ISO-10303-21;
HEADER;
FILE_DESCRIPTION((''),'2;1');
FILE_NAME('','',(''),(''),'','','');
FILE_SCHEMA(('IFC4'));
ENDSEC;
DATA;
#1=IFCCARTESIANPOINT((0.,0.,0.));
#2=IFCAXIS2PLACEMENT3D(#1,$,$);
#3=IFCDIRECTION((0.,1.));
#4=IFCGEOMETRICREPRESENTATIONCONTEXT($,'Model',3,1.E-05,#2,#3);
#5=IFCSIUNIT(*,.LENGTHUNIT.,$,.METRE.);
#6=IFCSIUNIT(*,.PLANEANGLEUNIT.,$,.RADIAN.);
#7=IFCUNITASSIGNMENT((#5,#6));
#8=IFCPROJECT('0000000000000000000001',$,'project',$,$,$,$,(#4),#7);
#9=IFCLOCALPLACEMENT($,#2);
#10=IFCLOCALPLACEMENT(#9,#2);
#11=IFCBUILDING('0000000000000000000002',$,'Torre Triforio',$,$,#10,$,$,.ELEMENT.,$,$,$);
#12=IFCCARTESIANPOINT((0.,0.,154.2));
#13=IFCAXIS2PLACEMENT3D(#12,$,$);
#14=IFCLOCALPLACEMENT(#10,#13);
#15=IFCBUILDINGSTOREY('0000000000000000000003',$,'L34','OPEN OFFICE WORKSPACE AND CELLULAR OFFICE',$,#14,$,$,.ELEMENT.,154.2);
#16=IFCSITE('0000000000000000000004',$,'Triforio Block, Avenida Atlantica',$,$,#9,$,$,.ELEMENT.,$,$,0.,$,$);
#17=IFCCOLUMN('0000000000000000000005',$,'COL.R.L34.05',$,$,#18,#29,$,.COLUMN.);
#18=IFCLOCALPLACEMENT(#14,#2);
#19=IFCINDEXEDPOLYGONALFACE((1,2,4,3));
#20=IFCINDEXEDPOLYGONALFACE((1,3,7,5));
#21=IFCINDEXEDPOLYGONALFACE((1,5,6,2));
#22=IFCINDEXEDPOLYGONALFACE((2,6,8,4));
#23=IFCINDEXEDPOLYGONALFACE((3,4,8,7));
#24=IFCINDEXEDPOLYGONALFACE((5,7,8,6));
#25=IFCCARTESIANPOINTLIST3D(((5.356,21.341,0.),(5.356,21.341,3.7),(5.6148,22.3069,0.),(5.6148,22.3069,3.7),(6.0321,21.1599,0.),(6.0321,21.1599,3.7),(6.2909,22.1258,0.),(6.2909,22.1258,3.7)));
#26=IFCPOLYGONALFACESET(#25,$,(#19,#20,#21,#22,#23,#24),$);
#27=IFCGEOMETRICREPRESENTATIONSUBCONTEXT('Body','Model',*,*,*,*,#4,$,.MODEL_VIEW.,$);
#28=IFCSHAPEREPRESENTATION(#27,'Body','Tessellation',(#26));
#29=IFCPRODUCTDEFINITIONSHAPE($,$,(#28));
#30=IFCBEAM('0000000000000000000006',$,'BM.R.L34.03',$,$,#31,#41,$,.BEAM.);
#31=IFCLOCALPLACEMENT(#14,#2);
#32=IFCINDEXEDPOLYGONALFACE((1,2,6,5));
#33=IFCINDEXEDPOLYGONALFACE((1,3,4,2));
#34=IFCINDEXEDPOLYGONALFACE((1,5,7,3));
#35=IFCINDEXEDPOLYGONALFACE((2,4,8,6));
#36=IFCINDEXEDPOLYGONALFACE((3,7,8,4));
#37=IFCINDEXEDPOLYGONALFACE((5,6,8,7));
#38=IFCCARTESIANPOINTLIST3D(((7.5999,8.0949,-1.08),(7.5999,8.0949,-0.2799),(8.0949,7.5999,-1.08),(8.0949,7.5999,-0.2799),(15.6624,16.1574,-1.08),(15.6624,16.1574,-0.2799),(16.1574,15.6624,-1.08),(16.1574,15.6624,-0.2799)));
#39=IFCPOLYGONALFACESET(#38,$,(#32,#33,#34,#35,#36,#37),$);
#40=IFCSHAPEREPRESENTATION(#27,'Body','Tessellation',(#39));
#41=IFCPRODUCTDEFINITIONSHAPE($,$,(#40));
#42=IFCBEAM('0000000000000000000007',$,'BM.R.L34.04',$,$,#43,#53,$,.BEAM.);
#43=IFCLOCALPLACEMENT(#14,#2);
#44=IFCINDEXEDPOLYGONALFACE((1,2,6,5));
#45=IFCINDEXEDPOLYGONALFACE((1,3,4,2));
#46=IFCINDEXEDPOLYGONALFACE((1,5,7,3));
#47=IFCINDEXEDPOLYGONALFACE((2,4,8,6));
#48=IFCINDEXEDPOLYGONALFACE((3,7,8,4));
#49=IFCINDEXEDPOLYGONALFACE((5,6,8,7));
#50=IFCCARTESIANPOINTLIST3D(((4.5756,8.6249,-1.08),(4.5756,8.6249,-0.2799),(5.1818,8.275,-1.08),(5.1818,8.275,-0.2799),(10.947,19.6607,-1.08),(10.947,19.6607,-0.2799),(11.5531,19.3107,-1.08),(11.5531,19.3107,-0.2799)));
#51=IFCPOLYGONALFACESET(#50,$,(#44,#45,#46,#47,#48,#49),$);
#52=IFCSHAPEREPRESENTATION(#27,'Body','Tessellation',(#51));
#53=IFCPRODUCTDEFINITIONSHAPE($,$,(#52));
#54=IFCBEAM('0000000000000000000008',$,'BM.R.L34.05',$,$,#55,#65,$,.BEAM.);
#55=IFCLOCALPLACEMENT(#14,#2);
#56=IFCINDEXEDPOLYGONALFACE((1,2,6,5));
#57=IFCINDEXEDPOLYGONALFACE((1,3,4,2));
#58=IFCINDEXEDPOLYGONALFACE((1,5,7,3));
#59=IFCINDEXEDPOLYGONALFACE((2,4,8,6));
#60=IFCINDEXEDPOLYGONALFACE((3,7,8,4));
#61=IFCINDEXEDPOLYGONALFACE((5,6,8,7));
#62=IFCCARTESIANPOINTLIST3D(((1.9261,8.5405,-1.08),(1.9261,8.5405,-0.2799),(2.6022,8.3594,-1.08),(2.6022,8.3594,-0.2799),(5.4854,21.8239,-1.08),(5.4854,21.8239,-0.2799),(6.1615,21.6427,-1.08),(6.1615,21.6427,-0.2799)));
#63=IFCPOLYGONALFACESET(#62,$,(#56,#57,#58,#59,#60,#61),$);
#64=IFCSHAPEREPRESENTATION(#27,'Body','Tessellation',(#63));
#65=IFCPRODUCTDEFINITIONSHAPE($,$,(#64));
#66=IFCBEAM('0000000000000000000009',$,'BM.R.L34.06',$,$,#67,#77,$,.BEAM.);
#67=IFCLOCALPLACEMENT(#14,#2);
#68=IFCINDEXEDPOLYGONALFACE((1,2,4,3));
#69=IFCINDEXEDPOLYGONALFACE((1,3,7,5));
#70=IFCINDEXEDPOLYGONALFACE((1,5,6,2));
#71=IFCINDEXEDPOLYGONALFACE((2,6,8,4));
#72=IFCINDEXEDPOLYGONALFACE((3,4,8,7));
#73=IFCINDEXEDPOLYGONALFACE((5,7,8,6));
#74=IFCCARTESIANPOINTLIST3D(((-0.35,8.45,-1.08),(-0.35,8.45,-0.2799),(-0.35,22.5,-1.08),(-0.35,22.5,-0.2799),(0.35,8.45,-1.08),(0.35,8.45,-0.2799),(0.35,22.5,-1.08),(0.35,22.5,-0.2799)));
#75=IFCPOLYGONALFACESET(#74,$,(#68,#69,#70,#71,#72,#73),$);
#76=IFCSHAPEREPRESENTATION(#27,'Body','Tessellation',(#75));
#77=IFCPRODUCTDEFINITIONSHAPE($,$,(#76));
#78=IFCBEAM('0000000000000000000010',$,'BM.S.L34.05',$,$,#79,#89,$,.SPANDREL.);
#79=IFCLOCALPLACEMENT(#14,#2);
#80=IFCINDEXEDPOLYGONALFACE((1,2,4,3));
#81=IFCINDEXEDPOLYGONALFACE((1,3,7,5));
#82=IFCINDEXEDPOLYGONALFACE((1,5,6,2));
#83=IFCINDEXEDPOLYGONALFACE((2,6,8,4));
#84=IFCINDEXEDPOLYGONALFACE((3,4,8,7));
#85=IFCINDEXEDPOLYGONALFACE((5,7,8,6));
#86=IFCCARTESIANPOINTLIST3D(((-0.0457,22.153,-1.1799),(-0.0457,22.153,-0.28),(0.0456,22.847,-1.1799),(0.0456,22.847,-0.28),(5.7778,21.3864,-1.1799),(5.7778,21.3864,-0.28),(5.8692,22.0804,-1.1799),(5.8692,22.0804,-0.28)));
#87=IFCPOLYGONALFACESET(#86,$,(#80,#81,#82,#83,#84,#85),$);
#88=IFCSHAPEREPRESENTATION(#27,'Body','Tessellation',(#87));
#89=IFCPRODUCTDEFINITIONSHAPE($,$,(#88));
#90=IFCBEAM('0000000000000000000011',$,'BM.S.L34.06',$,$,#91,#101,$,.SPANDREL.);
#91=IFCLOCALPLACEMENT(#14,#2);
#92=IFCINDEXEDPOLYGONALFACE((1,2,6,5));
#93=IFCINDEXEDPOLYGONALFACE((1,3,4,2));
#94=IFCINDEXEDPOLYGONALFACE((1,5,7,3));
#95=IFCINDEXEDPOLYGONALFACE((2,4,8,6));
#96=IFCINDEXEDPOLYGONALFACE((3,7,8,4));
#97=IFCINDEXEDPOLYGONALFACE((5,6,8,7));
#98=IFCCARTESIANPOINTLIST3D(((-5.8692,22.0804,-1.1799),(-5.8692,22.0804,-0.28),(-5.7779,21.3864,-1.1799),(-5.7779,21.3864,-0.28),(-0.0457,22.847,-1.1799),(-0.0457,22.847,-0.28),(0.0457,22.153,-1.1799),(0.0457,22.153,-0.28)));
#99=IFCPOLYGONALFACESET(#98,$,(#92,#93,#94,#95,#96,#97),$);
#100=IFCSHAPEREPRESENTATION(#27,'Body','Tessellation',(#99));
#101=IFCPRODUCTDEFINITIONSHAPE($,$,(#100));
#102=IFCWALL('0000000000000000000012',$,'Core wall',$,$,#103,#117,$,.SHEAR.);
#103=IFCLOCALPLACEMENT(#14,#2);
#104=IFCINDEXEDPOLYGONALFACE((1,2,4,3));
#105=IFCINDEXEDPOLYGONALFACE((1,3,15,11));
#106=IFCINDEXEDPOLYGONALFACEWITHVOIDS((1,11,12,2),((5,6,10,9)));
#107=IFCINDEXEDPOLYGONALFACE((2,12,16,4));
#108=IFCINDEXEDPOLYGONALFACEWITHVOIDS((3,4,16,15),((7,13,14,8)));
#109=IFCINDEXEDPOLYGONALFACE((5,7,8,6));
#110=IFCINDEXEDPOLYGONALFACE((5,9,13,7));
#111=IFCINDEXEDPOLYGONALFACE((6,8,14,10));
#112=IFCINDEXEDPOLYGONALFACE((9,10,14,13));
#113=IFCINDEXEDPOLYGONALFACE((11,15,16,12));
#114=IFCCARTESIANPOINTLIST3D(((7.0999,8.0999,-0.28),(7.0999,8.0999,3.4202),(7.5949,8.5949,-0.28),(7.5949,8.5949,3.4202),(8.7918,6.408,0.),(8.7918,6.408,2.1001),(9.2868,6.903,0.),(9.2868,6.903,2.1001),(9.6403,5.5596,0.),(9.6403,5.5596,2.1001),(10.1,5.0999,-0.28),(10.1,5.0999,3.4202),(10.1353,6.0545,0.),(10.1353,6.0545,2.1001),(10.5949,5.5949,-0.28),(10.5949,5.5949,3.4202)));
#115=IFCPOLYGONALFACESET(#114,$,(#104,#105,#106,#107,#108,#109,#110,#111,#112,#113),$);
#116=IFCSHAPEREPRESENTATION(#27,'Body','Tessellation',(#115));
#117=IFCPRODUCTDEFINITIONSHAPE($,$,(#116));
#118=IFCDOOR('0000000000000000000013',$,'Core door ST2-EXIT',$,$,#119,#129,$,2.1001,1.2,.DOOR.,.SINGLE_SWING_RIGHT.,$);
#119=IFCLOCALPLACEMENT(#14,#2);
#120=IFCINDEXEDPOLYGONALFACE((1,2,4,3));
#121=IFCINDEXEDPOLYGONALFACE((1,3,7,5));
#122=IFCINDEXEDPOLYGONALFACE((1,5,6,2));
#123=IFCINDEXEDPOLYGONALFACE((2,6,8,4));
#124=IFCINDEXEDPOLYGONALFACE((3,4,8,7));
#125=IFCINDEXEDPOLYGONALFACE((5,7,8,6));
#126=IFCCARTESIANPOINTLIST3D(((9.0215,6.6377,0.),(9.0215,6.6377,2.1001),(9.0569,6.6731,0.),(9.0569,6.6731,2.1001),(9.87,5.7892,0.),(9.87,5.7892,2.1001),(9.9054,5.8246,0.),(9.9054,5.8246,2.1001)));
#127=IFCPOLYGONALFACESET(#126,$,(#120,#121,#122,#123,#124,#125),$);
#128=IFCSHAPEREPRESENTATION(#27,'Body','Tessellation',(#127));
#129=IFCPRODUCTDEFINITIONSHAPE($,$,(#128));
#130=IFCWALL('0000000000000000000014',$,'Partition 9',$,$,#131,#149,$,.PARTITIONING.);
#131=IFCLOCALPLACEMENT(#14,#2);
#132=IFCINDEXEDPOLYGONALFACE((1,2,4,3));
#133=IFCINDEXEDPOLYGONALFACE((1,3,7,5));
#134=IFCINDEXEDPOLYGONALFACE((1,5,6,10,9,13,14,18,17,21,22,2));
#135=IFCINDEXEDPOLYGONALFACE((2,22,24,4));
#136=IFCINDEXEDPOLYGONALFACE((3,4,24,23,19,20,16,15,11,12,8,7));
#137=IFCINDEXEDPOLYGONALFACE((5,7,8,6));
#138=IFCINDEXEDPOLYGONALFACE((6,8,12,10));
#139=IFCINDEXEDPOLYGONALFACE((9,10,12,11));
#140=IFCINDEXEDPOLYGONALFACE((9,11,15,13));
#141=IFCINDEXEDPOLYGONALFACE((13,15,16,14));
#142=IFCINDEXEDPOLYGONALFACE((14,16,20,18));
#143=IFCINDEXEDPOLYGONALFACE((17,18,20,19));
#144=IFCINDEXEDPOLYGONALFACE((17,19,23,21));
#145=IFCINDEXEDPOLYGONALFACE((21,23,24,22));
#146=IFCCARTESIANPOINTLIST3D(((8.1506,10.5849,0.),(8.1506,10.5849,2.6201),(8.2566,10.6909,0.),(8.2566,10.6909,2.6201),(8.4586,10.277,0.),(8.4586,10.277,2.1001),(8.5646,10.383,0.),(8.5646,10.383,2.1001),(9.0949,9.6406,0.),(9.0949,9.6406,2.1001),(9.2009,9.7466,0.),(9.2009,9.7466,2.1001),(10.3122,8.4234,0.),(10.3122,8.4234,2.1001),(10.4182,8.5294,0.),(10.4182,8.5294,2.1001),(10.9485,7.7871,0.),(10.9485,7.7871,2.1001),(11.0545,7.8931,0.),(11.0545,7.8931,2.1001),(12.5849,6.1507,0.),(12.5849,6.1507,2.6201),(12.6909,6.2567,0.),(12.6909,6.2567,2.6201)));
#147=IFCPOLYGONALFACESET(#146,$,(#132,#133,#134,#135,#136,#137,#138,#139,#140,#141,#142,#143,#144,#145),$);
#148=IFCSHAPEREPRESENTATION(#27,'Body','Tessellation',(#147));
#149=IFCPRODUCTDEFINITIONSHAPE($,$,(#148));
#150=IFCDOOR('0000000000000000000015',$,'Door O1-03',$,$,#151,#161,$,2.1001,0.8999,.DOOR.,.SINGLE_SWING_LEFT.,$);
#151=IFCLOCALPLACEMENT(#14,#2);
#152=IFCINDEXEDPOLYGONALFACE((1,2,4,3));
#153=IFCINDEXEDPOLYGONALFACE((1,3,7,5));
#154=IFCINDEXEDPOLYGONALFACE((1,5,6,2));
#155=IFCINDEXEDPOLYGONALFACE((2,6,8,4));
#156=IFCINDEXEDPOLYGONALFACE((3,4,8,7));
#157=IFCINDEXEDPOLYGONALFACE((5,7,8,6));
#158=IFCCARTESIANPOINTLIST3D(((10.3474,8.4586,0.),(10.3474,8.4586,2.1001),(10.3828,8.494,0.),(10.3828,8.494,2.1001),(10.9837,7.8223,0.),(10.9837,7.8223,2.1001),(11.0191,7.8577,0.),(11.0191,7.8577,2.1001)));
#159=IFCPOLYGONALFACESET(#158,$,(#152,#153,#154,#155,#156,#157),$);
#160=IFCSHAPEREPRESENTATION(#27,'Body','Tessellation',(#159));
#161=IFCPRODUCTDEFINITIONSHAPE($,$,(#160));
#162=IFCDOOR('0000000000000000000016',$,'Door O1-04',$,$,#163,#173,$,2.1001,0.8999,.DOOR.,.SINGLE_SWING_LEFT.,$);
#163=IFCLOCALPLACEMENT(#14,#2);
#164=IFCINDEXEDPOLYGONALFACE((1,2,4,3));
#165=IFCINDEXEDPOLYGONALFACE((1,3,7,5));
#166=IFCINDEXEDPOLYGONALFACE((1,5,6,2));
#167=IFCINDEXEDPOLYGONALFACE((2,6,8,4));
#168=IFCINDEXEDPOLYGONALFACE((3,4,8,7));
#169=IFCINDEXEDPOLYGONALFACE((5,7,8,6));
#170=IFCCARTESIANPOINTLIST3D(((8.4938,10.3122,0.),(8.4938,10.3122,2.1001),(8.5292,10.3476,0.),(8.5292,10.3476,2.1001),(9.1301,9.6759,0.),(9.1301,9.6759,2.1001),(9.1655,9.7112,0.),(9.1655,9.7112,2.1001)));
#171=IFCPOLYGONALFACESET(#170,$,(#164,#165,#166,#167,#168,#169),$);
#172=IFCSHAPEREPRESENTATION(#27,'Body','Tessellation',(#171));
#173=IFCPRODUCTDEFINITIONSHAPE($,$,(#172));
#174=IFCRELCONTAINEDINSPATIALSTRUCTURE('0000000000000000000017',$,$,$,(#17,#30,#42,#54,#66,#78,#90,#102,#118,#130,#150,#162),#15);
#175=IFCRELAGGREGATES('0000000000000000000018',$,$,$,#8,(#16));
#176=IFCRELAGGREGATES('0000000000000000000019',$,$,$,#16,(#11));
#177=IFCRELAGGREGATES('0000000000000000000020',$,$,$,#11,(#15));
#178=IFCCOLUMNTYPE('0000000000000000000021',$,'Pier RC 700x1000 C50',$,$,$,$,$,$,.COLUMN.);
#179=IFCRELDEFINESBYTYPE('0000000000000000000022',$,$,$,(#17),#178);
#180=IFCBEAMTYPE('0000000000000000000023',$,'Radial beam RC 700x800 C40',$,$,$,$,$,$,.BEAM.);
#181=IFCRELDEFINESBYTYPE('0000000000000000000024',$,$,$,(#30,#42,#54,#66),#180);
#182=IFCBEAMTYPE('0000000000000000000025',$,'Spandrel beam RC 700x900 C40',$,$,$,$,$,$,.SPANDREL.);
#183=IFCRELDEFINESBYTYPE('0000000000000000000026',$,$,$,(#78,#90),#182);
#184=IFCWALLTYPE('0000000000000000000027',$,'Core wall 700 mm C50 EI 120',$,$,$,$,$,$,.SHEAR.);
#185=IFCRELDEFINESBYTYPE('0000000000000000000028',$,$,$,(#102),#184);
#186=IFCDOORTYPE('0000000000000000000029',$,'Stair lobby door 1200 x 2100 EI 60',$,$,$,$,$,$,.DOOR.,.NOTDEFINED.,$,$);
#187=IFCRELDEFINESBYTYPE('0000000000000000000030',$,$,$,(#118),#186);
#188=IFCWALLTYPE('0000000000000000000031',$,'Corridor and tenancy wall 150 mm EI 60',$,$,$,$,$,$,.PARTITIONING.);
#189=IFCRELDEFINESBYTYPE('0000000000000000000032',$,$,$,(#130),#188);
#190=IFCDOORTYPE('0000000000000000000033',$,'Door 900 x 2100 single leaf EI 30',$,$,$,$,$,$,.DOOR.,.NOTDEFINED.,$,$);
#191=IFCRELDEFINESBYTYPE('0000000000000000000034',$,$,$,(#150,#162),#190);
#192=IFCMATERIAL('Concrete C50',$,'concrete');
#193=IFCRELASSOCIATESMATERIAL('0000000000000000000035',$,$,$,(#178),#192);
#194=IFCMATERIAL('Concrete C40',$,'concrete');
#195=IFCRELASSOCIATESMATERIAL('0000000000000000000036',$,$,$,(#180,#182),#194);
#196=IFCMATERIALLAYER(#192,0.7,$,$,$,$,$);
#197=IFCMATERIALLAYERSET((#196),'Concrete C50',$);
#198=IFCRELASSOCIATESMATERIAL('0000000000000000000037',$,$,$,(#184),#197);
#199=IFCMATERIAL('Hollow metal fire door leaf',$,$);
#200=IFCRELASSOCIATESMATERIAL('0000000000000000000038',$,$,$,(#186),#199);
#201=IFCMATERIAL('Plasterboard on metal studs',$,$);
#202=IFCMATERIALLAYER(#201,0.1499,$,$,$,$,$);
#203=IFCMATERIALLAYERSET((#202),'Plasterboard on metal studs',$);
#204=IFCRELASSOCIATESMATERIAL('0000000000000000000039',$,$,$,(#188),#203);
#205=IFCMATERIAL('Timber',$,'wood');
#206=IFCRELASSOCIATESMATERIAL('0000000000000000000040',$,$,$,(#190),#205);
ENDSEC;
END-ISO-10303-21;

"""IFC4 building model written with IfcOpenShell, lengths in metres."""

from ifc_helpers import new_model, si_unit, direction, frame, frame_2d, origin, origin_2d, place, context, subcontext, project, spatial, rectangle, extrude, material, layer, layer_set, material_profile, profile_set, type_object, element, fill, save


model = new_model("IFC4")

# Units and contexts
model_context = context("Model", 3, precision=1e-05, world=origin(), true_north=direction((0.0, 1.0)))
body_context = subcontext(model_context, "Body", "Model", "MODEL_VIEW")
ifc_project = project(units=[si_unit("LENGTHUNIT", "METRE"), si_unit("PLANEANGLEUNIT", "RADIAN")], contexts=[model_context])

# Site, building, storey
site_placement = place(None, origin())
site = spatial("IfcSite", under=ifc_project, at=site_placement, Name="Triforio Block, Avenida Atlantica", CompositionType="ELEMENT", RefElevation=0.0)
building_placement = place(site_placement, origin())
building = spatial("IfcBuilding", under=site, at=building_placement, Name="Torre Triforio", CompositionType="ELEMENT")
storey_placement = place(building_placement, frame((0.0, 0.0, 154.2)))
storey = spatial("IfcBuildingStorey", under=building, at=storey_placement, Name="L34", Description="OPEN OFFICE WORKSPACE AND CELLULAR OFFICE", CompositionType="ELEMENT", Elevation=154.2)

# Column
ifc_material_1 = material(Name="Concrete C50", Category="concrete")
ifc_material_profile_1 = material_profile(ifc_material_1, rectangle(XDim=0.7, YDim=1.0, at=origin_2d()), Name="RC 700x1000")
ifc_profile_set_1 = profile_set([ifc_material_profile_1], Name="Concrete C50")
column_type = type_object("IfcColumnType", Name="Pier RC 700x1000 C50", PredefinedType="COLUMN", material=ifc_profile_set_1)
column_placement = place(storey_placement, frame((5.8235, 21.7334, 0.0), z_axis=(0.0, 0.0, 1.0), x_axis=(-0.965926, 0.258819, 0.0)))
element("IfcColumn", 1, at=column_placement, inside=storey, type_object=column_type, Name="COL.R.L34.05", PredefinedType="COLUMN", context=body_context, shape_type="SweptSolid", body=[
    extrude(rectangle(XDim=0.7, YDim=1.0, at=origin_2d()), origin(), (0.0, 0.0, 1.0), 3.7),
])

# Beams
ifc_material_2 = material(Name="Concrete C40", Category="concrete")
ifc_material_profile_2 = material_profile(ifc_material_2, rectangle(XDim=0.7, YDim=0.8, at=origin_2d()), Name="RC 700x800")
ifc_profile_set_2 = profile_set([ifc_material_profile_2], Name="Concrete C40")
beam_type_1 = type_object("IfcBeamType", Name="Radial beam RC 700x800 C40", PredefinedType="BEAM", material=ifc_profile_set_2)
beam_1_placement = place(storey_placement, frame((7.8474, 7.8474, -0.6799), z_axis=(0.707107, 0.707107, 0.0), x_axis=(-0.707107, 0.707107, 0.0)))
element("IfcBeam", 2, at=beam_1_placement, inside=storey, type_object=beam_type_1, Name="BM.R.L34.03", PredefinedType="BEAM", context=body_context, shape_type="SweptSolid", body=[
    extrude(rectangle(XDim=0.7, YDim=0.8, at=origin_2d()), origin(), (0.0, 0.0, 1.0), 11.4021),
])
beam_2_placement = place(storey_placement, frame((4.8787, 8.45, -0.6799), z_axis=(0.499994, 0.866029, 0.0), x_axis=(-0.866029, 0.499994, 0.0)))
element("IfcBeam", 3, at=beam_2_placement, inside=storey, type_object=beam_type_1, Name="BM.R.L34.04", PredefinedType="BEAM", context=body_context, shape_type="SweptSolid", body=[
    extrude(rectangle(XDim=0.7, YDim=0.8, at=origin_2d()), origin(), (0.0, 0.0, 1.0), 12.7429),
])
beam_3_placement = place(storey_placement, frame((2.2642, 8.45, -0.6799), z_axis=(0.258822, 0.965925, 0.0), x_axis=(-0.965925, 0.258822, 0.0)))
element("IfcBeam", 4, at=beam_3_placement, inside=storey, type_object=beam_type_1, Name="BM.R.L34.05", PredefinedType="BEAM", context=body_context, shape_type="SweptSolid", body=[
    extrude(rectangle(XDim=0.7, YDim=0.8, at=origin_2d()), origin(), (0.0, 0.0, 1.0), 13.752),
])
beam_4_placement = place(storey_placement, frame((0.0, 8.45, -0.6799), z_axis=(0.0, 1.0, 0.0), x_axis=(-1.0, 0.0, 0.0)))
element("IfcBeam", 5, at=beam_4_placement, inside=storey, type_object=beam_type_1, Name="BM.R.L34.06", PredefinedType="BEAM", context=body_context, shape_type="SweptSolid", body=[
    extrude(rectangle(XDim=0.7, YDim=0.8, at=origin_2d()), origin(), (0.0, 0.0, 1.0), 14.05),
])
ifc_material_profile_3 = material_profile(ifc_material_2, rectangle(XDim=0.7, YDim=0.8999, at=origin_2d()), Name="RC 700x900")
ifc_profile_set_3 = profile_set([ifc_material_profile_3], Name="Concrete C40")
beam_type_2 = type_object("IfcBeamType", Name="Spandrel beam RC 700x900 C40", PredefinedType="SPANDREL", material=ifc_profile_set_3)
for number, where, z_axis, x_axis, name in (
    (6, (5.8235, 21.7334, -0.73), (-0.991447, 0.130514, 0.0), (-0.130514, -0.991447, 0.0), "BM.S.L34.05"),
    (7, (0.0, 22.5, -0.73), (-0.991447, -0.130514, 0.0), (0.130514, -0.991447, 0.0), "BM.S.L34.06"),
):
    element("IfcBeam", number, at=place(storey_placement, frame(where, z_axis=z_axis, x_axis=x_axis)), inside=storey, type_object=beam_type_2, Name=name, PredefinedType="SPANDREL", context=body_context, shape_type="SweptSolid", body=[
        extrude(rectangle(XDim=0.7, YDim=0.8999, at=origin_2d()), origin(), (0.0, 0.0, 1.0), 5.8738),
    ])

# Wall, opening, door
ifc_layer_1 = layer(ifc_material_1, 0.7)
ifc_layer_set_1 = layer_set([ifc_layer_1], Name="Concrete C50")
wall_type_1 = type_object("IfcWallType", Name="Core wall 700 mm C50 EI 120", PredefinedType="SHEAR", material=ifc_layer_set_1)
wall_1_placement = place(storey_placement, frame((7.3474, 8.3474, -0.28), z_axis=(0.0, 0.0, 1.0), x_axis=(0.707107, -0.707107, 0.0)))
wall_1 = element("IfcWall", 8, at=wall_1_placement, inside=storey, type_object=wall_type_1, Name="Core wall", PredefinedType="SHEAR", context=body_context, shape_type="SweptSolid", body=[
    extrude(rectangle(XDim=4.2427, YDim=0.7, at=frame_2d((2.1213, 0.0))), origin(), (0.0, 0.0, 1.0), 3.7002),
])
opening_1_placement = place(wall_1_placement, frame((2.3926, 0.0, 0.28)))
opening_1 = element("IfcOpeningElement", 9, at=opening_1_placement, cuts=wall_1, PredefinedType="OPENING", context=body_context, shape_type="SweptSolid", body=[
    extrude(rectangle(XDim=1.2, YDim=2.1001, at=frame_2d((0.6001, 1.05))), frame((0.0, 0.3599, 0.0), z_axis=(0.0, -1.0, 0.0), x_axis=(1.0, 0.0, 0.0)), (0.0, 0.0, 1.0), 0.72),
])
ifc_material_3 = material(Name="Hollow metal fire door leaf")
door_type_1 = type_object("IfcDoorType", Name="Stair lobby door 1200 x 2100 EI 60", OperationType="NOTDEFINED", PredefinedType="DOOR", material=ifc_material_3)
door_1_placement = place(opening_1_placement, origin())
door_1 = element("IfcDoor", 10, at=door_1_placement, inside=storey, type_object=door_type_1, Name="Core door ST2-EXIT", OperationType="SINGLE_SWING_RIGHT", OverallHeight=2.1001, OverallWidth=1.2, PredefinedType="DOOR", context=body_context, shape_type="SweptSolid", body=[
    extrude(rectangle(XDim=1.2, YDim=2.1001, at=frame_2d((0.6001, 1.05))), frame((0.0, 0.0249, 0.0), z_axis=(0.0, -1.0, 0.0), x_axis=(1.0, 0.0, 0.0)), (0.0, 0.0, 1.0), 0.05),
])
fill(opening_1, door_1)

# Wall, openings, doors
ifc_material_4 = material(Name="Plasterboard on metal studs")
ifc_layer_2 = layer(ifc_material_4, 0.1499)
ifc_layer_set_2 = layer_set([ifc_layer_2], Name="Plasterboard on metal studs")
wall_type_2 = type_object("IfcWallType", Name="Corridor and tenancy wall 150 mm EI 60", PredefinedType="PARTITIONING", material=ifc_layer_set_2)
wall_2_placement = place(storey_placement, frame((8.2036, 10.6379, 0.0), z_axis=(0.0, 0.0, 1.0), x_axis=(0.707107, -0.707107, 0.0)))
wall_2 = element("IfcWall", 11, at=wall_2_placement, inside=storey, type_object=wall_type_2, Name="Partition 9", PredefinedType="PARTITIONING", context=body_context, shape_type="SweptSolid", body=[
    extrude(rectangle(XDim=6.271, YDim=0.1499, at=frame_2d((3.1355, 0.0))), origin(), (0.0, 0.0, 1.0), 2.6201),
])
opening_2_placement = place(wall_2_placement, frame((3.0569, 0.0, 0.0)))
opening_2 = element("IfcOpeningElement", 12, at=opening_2_placement, cuts=wall_2, PredefinedType="OPENING", context=body_context, shape_type="SweptSolid", body=[
    extrude(rectangle(XDim=0.8999, YDim=2.1001, at=frame_2d((0.45, 1.05))), frame((0.0, 0.085, 0.0), z_axis=(0.0, -1.0, 0.0), x_axis=(1.0, 0.0, 0.0)), (0.0, 0.0, 1.0), 0.1699),
])
opening_3_placement = place(wall_2_placement, frame((0.4355, 0.0, 0.0)))
opening_3 = element("IfcOpeningElement", 13, at=opening_3_placement, cuts=wall_2, PredefinedType="OPENING", context=body_context, shape_type="SweptSolid", body=[
    extrude(rectangle(XDim=0.8999, YDim=2.1001, at=frame_2d((0.45, 1.05))), frame((0.0, 0.085, 0.0), z_axis=(0.0, -1.0, 0.0), x_axis=(1.0, 0.0, 0.0)), (0.0, 0.0, 1.0), 0.1699),
])
ifc_material_5 = material(Name="Timber", Category="wood")
door_type_2 = type_object("IfcDoorType", Name="Door 900 x 2100 single leaf EI 30", OperationType="NOTDEFINED", PredefinedType="DOOR", material=ifc_material_5)
door_2_placement = place(opening_2_placement, origin())
door_2 = element("IfcDoor", 14, at=door_2_placement, inside=storey, type_object=door_type_2, Name="Door O1-03", OperationType="SINGLE_SWING_LEFT", OverallHeight=2.1001, OverallWidth=0.8999, PredefinedType="DOOR", context=body_context, shape_type="SweptSolid", body=[
    extrude(rectangle(XDim=0.8999, YDim=2.1001, at=frame_2d((0.45, 1.05))), frame((0.0, 0.0249, 0.0), z_axis=(0.0, -1.0, 0.0), x_axis=(1.0, 0.0, 0.0)), (0.0, 0.0, 1.0), 0.05),
])
fill(opening_2, door_2)
door_3_placement = place(opening_3_placement, origin())
door_3 = element("IfcDoor", 15, at=door_3_placement, inside=storey, type_object=door_type_2, Name="Door O1-04", OperationType="SINGLE_SWING_LEFT", OverallHeight=2.1001, OverallWidth=0.8999, PredefinedType="DOOR", context=body_context, shape_type="SweptSolid", body=[
    extrude(rectangle(XDim=0.8999, YDim=2.1001, at=frame_2d((0.45, 1.05))), frame((0.0, 0.0249, 0.0), z_axis=(0.0, -1.0, 0.0), x_axis=(1.0, 0.0, 0.0)), (0.0, 0.0, 1.0), 0.05),
])
fill(opening_3, door_3)

save(model, "model.ifc")
